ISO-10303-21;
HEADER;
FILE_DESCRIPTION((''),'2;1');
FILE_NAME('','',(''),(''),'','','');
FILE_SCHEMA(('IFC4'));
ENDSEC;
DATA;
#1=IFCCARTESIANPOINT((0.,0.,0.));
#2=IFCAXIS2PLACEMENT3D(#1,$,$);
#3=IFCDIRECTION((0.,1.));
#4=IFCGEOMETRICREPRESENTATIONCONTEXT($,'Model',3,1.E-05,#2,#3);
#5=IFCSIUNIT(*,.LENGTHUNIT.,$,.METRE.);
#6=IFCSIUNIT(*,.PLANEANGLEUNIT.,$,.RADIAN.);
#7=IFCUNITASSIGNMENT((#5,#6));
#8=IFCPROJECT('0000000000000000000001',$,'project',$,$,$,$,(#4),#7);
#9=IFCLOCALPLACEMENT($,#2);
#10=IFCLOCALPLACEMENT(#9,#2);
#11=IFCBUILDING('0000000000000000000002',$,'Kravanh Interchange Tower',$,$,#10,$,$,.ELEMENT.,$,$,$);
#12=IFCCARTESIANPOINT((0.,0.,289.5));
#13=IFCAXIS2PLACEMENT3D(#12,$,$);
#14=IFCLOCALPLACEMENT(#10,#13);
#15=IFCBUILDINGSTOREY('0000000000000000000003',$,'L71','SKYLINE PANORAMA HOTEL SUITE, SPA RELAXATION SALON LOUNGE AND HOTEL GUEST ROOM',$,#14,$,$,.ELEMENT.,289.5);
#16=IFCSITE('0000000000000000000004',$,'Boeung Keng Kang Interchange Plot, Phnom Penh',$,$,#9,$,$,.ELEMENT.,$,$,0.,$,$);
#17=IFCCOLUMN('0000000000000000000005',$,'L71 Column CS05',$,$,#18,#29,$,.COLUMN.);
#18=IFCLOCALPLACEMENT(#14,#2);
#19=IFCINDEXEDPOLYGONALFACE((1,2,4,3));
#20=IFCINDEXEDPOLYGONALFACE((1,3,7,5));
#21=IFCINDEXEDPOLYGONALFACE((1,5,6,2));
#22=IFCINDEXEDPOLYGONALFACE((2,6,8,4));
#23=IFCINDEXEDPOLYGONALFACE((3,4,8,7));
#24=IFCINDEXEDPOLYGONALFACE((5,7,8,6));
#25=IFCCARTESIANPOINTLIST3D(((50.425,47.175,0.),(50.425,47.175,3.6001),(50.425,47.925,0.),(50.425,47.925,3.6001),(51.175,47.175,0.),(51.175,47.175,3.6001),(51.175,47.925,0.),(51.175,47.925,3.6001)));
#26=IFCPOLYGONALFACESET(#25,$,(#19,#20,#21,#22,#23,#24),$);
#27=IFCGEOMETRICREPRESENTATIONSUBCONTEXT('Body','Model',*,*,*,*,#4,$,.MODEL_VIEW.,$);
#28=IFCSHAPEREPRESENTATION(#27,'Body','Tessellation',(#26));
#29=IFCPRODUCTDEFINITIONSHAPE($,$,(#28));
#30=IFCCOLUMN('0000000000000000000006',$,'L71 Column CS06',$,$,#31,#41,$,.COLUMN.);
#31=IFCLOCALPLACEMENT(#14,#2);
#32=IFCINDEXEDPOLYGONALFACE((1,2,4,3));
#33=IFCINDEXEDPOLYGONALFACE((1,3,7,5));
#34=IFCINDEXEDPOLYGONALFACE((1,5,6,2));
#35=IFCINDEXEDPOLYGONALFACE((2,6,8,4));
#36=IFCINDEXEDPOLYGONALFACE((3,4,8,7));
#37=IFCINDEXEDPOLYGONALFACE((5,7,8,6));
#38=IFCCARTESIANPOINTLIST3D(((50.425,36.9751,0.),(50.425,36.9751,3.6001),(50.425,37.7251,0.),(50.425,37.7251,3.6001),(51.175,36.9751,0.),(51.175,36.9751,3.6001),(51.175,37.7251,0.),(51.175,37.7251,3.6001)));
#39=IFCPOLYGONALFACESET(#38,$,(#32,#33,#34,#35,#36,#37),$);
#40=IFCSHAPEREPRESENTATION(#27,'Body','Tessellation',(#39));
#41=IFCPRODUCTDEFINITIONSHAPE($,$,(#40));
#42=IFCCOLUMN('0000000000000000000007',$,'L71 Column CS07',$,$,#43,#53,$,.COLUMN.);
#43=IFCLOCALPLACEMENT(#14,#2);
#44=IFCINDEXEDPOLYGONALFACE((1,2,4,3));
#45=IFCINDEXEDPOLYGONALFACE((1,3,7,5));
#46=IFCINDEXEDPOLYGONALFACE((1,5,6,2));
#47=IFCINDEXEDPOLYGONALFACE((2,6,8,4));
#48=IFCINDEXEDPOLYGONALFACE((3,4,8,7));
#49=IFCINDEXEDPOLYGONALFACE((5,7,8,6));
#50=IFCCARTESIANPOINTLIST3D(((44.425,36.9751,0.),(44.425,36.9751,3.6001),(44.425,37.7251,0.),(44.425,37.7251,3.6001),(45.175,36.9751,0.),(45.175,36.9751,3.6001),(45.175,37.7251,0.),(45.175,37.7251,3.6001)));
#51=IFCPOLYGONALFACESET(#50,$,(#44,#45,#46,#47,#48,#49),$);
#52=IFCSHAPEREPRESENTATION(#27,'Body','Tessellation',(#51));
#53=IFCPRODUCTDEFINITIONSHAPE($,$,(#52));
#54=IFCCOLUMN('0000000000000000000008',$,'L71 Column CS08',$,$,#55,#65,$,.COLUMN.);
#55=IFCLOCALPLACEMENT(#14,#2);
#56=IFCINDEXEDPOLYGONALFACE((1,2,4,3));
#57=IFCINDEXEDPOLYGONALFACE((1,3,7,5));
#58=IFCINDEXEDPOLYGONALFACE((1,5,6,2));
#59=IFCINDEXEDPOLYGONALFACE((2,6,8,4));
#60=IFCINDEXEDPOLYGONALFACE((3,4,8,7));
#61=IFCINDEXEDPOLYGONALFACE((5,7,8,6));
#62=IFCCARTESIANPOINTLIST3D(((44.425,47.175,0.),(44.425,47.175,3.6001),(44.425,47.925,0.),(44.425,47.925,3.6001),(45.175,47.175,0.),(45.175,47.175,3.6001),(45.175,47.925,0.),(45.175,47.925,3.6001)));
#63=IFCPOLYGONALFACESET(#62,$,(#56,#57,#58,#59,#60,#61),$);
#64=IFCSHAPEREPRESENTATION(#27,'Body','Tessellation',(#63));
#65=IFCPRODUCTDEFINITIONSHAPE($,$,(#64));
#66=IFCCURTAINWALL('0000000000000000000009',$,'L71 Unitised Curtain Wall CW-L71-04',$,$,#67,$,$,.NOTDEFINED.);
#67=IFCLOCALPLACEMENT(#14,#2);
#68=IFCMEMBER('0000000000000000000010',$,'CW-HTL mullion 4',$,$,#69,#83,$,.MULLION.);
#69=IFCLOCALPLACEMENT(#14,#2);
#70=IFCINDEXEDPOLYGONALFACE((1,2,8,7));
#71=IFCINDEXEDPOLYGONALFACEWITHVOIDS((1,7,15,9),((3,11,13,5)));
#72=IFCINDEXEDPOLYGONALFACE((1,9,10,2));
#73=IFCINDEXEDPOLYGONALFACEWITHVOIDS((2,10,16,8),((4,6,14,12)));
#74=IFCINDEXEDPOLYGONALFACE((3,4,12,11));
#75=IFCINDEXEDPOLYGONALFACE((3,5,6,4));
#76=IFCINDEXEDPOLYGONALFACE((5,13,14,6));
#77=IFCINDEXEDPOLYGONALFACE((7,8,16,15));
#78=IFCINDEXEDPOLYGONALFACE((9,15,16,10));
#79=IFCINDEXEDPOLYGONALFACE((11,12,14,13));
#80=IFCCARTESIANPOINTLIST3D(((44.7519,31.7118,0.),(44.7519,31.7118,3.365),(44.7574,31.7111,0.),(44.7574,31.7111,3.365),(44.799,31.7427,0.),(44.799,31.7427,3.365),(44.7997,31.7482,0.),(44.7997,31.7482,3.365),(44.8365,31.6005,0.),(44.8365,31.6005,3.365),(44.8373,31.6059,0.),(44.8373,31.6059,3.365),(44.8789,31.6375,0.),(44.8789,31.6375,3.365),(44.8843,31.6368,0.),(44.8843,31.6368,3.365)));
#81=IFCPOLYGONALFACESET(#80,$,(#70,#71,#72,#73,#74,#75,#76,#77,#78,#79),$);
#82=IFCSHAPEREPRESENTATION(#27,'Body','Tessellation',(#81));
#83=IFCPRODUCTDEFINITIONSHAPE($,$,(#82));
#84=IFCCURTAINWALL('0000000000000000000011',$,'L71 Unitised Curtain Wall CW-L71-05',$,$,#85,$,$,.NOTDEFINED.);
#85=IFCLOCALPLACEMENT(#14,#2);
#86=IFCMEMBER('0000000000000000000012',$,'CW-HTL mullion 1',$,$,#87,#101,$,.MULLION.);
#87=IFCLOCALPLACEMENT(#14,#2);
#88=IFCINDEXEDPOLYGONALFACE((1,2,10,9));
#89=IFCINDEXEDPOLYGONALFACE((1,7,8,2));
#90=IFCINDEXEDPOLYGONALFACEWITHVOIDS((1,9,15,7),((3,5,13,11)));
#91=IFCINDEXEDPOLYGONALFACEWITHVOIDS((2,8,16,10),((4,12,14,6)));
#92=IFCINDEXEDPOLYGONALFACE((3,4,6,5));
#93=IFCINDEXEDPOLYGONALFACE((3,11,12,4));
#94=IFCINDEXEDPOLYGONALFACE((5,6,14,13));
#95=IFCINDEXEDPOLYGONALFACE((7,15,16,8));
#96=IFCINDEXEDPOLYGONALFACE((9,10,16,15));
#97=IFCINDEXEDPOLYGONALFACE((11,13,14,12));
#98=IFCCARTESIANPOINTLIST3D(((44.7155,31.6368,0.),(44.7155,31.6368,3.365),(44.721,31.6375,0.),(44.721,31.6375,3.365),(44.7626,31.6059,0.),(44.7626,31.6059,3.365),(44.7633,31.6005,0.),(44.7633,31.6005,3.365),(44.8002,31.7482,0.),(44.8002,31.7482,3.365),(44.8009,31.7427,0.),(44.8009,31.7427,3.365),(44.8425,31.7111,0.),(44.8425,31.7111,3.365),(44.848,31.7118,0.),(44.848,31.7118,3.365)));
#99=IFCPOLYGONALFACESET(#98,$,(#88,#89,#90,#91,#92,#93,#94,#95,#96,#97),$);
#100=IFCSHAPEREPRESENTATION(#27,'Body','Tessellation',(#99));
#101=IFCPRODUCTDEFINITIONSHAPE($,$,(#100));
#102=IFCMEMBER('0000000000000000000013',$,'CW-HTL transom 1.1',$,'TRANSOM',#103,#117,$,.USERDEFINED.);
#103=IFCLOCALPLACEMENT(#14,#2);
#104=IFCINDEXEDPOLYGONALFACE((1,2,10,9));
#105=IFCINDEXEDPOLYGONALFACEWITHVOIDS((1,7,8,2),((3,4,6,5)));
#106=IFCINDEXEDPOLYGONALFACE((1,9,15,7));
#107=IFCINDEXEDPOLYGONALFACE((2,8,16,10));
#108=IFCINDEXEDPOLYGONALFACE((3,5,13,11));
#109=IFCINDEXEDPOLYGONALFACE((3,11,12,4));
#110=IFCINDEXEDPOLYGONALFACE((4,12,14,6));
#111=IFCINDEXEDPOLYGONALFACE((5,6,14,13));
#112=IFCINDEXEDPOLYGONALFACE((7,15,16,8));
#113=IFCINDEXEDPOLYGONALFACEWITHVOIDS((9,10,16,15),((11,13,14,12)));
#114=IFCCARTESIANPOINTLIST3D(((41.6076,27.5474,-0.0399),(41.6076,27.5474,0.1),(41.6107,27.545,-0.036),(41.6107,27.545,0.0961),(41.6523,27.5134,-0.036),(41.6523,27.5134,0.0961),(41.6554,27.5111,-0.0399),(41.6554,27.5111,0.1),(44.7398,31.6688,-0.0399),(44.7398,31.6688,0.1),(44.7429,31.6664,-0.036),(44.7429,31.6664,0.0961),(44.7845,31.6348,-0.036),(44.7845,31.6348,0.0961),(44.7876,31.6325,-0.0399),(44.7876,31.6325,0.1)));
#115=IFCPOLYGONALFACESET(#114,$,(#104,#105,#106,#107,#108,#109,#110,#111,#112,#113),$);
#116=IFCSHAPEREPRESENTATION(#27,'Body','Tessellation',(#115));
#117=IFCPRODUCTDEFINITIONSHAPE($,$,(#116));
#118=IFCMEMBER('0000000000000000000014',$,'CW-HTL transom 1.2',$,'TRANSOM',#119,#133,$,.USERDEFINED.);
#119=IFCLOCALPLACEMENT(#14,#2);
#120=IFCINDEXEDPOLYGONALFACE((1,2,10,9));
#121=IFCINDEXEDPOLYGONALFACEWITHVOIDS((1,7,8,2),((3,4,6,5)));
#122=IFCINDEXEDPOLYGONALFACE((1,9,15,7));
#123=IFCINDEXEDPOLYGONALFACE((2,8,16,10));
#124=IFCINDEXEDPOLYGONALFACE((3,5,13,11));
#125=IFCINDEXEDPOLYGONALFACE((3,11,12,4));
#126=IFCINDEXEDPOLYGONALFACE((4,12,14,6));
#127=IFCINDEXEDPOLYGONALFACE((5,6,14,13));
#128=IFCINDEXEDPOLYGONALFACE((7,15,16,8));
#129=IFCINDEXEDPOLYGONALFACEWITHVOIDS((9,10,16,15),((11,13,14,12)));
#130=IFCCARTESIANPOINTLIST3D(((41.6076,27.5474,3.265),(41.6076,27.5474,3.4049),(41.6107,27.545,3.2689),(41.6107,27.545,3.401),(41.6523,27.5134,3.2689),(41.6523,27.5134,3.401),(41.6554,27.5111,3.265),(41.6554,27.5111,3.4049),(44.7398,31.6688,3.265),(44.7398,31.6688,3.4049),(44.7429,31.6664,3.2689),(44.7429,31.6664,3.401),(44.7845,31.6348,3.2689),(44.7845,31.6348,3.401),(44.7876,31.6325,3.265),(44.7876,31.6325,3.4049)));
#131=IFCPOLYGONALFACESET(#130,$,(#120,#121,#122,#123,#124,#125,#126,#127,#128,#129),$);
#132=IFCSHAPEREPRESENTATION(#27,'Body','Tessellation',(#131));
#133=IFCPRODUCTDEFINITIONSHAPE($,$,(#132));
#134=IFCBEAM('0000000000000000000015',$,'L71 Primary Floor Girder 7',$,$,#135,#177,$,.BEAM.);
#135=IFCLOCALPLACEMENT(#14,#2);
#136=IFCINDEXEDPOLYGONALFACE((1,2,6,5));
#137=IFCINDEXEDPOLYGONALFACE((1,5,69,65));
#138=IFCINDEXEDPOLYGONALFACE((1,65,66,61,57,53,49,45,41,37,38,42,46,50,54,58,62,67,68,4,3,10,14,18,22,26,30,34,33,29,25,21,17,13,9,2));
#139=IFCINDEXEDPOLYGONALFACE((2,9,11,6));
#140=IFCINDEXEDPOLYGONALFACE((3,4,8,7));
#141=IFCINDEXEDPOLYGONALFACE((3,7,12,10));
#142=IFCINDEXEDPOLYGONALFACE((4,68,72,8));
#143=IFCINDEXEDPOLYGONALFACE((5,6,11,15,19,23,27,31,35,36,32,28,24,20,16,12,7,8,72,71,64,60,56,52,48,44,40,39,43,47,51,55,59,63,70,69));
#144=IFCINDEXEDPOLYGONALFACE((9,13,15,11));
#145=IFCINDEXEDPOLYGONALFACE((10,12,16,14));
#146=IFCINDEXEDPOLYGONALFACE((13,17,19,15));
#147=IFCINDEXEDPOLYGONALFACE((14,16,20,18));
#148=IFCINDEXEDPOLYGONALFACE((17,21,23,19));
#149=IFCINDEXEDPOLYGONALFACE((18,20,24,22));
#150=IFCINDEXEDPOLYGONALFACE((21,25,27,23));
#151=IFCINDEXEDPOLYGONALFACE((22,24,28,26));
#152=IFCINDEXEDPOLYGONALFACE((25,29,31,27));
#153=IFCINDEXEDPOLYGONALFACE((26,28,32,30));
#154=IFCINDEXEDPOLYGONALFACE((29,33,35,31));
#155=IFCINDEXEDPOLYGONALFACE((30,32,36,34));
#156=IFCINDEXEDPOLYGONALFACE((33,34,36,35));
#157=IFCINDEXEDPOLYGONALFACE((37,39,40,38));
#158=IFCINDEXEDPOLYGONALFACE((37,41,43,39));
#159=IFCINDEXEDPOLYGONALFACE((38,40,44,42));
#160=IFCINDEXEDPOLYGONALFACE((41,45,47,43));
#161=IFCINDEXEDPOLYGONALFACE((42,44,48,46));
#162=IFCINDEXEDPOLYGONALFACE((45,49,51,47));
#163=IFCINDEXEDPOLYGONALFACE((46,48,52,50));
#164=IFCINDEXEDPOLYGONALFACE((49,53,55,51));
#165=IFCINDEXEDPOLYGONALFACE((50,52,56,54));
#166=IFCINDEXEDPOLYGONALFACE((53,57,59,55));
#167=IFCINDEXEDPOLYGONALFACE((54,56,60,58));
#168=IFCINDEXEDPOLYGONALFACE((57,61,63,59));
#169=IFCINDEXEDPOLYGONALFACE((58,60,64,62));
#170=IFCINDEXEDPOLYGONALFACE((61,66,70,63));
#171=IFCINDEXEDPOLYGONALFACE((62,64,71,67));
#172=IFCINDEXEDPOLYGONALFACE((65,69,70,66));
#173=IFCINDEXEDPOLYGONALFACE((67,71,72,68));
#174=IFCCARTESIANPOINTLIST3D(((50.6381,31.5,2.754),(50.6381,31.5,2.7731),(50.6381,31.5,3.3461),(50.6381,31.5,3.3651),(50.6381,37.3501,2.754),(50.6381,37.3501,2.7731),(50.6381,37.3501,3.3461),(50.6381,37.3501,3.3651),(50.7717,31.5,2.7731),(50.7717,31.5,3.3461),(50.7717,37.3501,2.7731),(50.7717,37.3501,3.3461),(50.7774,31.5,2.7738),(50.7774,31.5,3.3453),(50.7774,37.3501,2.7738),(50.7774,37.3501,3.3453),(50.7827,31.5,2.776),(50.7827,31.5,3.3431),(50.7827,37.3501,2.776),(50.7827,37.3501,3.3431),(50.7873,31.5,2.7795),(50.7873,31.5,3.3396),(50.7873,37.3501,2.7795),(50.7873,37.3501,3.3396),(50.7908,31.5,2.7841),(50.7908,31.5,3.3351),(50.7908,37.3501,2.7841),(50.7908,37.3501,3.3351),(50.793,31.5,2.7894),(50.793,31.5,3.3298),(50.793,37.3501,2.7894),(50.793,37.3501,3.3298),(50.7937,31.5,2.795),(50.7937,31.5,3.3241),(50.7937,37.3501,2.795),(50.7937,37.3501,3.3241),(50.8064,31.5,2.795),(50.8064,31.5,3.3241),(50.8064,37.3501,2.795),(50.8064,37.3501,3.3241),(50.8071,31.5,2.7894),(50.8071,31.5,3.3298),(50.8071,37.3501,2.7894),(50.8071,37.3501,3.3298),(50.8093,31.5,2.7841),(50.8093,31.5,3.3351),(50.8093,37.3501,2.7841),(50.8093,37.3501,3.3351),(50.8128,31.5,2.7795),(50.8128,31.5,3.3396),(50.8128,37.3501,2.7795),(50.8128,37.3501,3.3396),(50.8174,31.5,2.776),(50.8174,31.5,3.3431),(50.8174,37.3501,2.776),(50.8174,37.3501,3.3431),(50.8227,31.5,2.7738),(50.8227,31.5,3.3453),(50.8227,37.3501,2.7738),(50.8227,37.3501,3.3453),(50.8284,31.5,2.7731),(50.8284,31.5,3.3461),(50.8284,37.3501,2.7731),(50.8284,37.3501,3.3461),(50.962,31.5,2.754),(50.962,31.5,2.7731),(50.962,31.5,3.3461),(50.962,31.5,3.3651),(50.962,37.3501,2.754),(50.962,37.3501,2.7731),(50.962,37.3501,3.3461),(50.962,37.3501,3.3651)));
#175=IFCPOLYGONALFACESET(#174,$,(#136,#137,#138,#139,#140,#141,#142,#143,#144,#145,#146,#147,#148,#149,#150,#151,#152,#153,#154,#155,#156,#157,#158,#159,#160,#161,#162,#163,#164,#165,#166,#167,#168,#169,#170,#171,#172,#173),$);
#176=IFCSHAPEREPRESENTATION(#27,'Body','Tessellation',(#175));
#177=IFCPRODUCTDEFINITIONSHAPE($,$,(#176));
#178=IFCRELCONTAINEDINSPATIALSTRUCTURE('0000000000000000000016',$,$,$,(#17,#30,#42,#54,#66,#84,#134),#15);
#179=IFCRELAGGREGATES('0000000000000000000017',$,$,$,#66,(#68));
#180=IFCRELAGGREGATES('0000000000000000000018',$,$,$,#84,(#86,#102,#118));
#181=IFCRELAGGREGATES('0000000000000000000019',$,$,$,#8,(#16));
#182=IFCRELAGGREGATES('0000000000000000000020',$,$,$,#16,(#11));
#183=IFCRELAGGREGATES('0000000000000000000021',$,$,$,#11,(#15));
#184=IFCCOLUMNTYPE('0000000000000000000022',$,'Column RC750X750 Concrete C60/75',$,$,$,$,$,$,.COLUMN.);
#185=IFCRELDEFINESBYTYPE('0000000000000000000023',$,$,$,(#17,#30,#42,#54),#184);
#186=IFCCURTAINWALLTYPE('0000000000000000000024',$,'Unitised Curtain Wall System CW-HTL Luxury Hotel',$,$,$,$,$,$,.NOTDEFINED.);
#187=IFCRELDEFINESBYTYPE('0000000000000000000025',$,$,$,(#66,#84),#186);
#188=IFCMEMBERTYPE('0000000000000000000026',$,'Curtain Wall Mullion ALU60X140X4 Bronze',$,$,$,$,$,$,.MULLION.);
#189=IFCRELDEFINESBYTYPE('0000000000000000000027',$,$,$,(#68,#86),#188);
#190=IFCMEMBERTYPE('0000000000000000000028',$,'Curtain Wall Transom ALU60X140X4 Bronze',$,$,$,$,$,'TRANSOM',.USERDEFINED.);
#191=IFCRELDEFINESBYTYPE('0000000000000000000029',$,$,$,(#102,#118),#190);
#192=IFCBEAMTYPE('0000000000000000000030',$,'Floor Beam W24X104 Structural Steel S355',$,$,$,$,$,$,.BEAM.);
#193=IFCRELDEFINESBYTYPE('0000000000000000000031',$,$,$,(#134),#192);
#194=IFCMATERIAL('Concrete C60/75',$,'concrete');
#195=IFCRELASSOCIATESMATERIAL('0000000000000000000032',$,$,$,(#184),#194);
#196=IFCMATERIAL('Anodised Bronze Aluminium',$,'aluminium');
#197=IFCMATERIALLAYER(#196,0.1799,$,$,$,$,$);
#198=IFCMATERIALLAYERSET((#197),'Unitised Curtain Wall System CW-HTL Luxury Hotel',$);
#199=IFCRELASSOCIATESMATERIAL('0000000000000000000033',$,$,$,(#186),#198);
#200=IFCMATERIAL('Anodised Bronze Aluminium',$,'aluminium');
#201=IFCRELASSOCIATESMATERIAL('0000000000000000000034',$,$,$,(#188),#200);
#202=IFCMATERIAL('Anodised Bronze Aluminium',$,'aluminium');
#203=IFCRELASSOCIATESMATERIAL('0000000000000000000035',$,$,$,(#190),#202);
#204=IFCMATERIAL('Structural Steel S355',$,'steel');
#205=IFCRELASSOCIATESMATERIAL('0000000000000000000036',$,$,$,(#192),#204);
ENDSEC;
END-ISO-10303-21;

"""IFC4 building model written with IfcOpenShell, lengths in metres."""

from ifc_helpers import new_model, si_unit, direction, frame, origin, origin_2d, place, context, subcontext, project, spatial, rectangle, hollow_rectangle, i_section, extrude, material, layer, layer_set, material_profile, profile_set, type_object, element, aggregate, save


model = new_model("IFC4")

# Units and contexts
model_context = context("Model", 3, precision=1e-05, world=origin(), true_north=direction((0.0, 1.0)))
body_context = subcontext(model_context, "Body", "Model", "MODEL_VIEW")
ifc_project = project(units=[si_unit("LENGTHUNIT", "METRE"), si_unit("PLANEANGLEUNIT", "RADIAN")], contexts=[model_context])

# Site, building, storey
site_placement = place(None, origin())
site = spatial("IfcSite", under=ifc_project, at=site_placement, Name="Boeung Keng Kang Interchange Plot, Phnom Penh", CompositionType="ELEMENT", RefElevation=0.0)
building_placement = place(site_placement, origin())
building = spatial("IfcBuilding", under=site, at=building_placement, Name="Kravanh Interchange Tower", CompositionType="ELEMENT")
storey_placement = place(building_placement, frame((0.0, 0.0, 289.5)))
storey = spatial("IfcBuildingStorey", under=building, at=storey_placement, Name="L71", Description="SKYLINE PANORAMA HOTEL SUITE, SPA RELAXATION SALON LOUNGE AND HOTEL GUEST ROOM", CompositionType="ELEMENT", Elevation=289.5)

# Columns
ifc_material_1 = material(Name="Concrete C60/75", Category="concrete")
ifc_material_profile_1 = material_profile(ifc_material_1, rectangle(XDim=0.75, YDim=0.75, at=origin_2d()), Name="RC750X750")
ifc_profile_set_1 = profile_set([ifc_material_profile_1], Name="Concrete C60/75")
column_type = type_object("IfcColumnType", Name="Column RC750X750 Concrete C60/75", PredefinedType="COLUMN", material=ifc_profile_set_1)
for number, where, z_axis, x_axis, name in (
    (1, (50.8, 47.55, 0.0), (0.0, 0.0, 1.0), (1.0, 0.0, 0.0), "L71 Column CS05"),
    (2, (50.8, 37.3501, 0.0), (0.0, 0.0, 1.0), (1.0, 0.0, 0.0), "L71 Column CS06"),
    (3, (44.8, 37.3501, 0.0), (0.0, 0.0, 1.0), (1.0, 0.0, 0.0), "L71 Column CS07"),
    (4, (44.8, 47.55, 0.0), (0.0, 0.0, 1.0), (1.0, 0.0, 0.0), "L71 Column CS08"),
):
    element("IfcColumn", number, at=place(storey_placement, frame(where, z_axis=z_axis, x_axis=x_axis)), inside=storey, type_object=column_type, Name=name, PredefinedType="COLUMN", context=body_context, shape_type="SweptSolid", body=[
        extrude(rectangle(XDim=0.75, YDim=0.75, at=origin_2d()), origin(), (0.0, 0.0, 1.0), 3.6001),
    ])

# Curtain wall, member
ifc_material_2 = material(Name="Anodised Bronze Aluminium", Category="aluminium")
ifc_layer_1 = layer(ifc_material_2, 0.1799)
ifc_layer_set_1 = layer_set([ifc_layer_1], Name="Unitised Curtain Wall System CW-HTL Luxury Hotel")
curtain_wall_type = type_object("IfcCurtainWallType", Name="Unitised Curtain Wall System CW-HTL Luxury Hotel", PredefinedType="NOTDEFINED", material=ifc_layer_set_1)
curtain_wall_1_placement = place(storey_placement, origin())
curtain_wall_1 = element("IfcCurtainWall", 5, at=curtain_wall_1_placement, inside=storey, type_object=curtain_wall_type, Name="L71 Unitised Curtain Wall CW-L71-04", PredefinedType="NOTDEFINED")
ifc_material_3 = material(Name="Anodised Bronze Aluminium", Category="aluminium")
ifc_material_profile_2 = material_profile(ifc_material_3, hollow_rectangle(XDim=0.0601, YDim=0.1399, WallThickness=0.0039, at=origin_2d()), Name="ALU60X140X4")
ifc_profile_set_2 = profile_set([ifc_material_profile_2], Name="Anodised Bronze Aluminium")
member_type_1 = type_object("IfcMemberType", Name="Curtain Wall Mullion ALU60X140X4 Bronze", PredefinedType="MULLION", material=ifc_profile_set_2)
member_1_placement = place(storey_placement, frame((44.8181, 31.6743, 0.0), z_axis=(0.0, 0.0, 1.0), x_axis=(-0.796162, -0.605083, 0.0)))
member_1 = element("IfcMember", 6, at=member_1_placement, type_object=member_type_1, Name="CW-HTL mullion 4", PredefinedType="MULLION", context=body_context, shape_type="SweptSolid", body=[
    extrude(hollow_rectangle(XDim=0.0601, YDim=0.1399, WallThickness=0.0039, at=origin_2d()), origin(), (0.0, 0.0, 1.0), 3.365),
])
aggregate(curtain_wall_1, [member_1])

# Curtain wall, members
curtain_wall_2_placement = place(storey_placement, origin())
curtain_wall_2 = element("IfcCurtainWall", 7, at=curtain_wall_2_placement, inside=storey, type_object=curtain_wall_type, Name="L71 Unitised Curtain Wall CW-L71-05", PredefinedType="NOTDEFINED")
member_2_placement = place(storey_placement, frame((44.7817, 31.6743, 0.0), z_axis=(0.0, 0.0, 1.0), x_axis=(0.796162, -0.605083, 0.0)))
member_2 = element("IfcMember", 8, at=member_2_placement, type_object=member_type_1, Name="CW-HTL mullion 1", PredefinedType="MULLION", context=body_context, shape_type="SweptSolid", body=[
    extrude(hollow_rectangle(XDim=0.0601, YDim=0.1399, WallThickness=0.0039, at=origin_2d()), origin(), (0.0, 0.0, 1.0), 3.365),
])
ifc_material_4 = material(Name="Anodised Bronze Aluminium", Category="aluminium")
ifc_material_profile_3 = material_profile(ifc_material_4, hollow_rectangle(XDim=0.0601, YDim=0.1399, WallThickness=0.0039, at=origin_2d()), Name="ALU60X140X4")
ifc_profile_set_3 = profile_set([ifc_material_profile_3], Name="Anodised Bronze Aluminium")
member_type_2 = type_object("IfcMemberType", Name="Curtain Wall Transom ALU60X140X4 Bronze", ElementType="TRANSOM", PredefinedType="USERDEFINED", material=ifc_profile_set_3)
member_3_placement = place(storey_placement, frame((44.7637, 31.6506, 0.03), z_axis=(-0.605067, -0.796175, 0.0), x_axis=(0.796175, -0.605067, 0.0)))
member_3 = element("IfcMember", 9, at=member_3_placement, type_object=member_type_2, Name="CW-HTL transom 1.1", ObjectType="TRANSOM", PredefinedType="USERDEFINED", context=body_context, shape_type="SweptSolid", body=[
    extrude(hollow_rectangle(XDim=0.0601, YDim=0.1399, WallThickness=0.0039, at=origin_2d()), origin(), (0.0, 0.0, 1.0), 5.1765),
])
member_4_placement = place(storey_placement, frame((44.7637, 31.6506, 3.335), z_axis=(-0.605067, -0.796175, 0.0), x_axis=(0.796175, -0.605067, 0.0)))
member_4 = element("IfcMember", 10, at=member_4_placement, type_object=member_type_2, Name="CW-HTL transom 1.2", ObjectType="TRANSOM", PredefinedType="USERDEFINED", context=body_context, shape_type="SweptSolid", body=[
    extrude(hollow_rectangle(XDim=0.0601, YDim=0.1399, WallThickness=0.0039, at=origin_2d()), origin(), (0.0, 0.0, 1.0), 5.1765),
])
aggregate(curtain_wall_2, [member_2, member_3, member_4])

# Beam
ifc_material_5 = material(Name="Structural Steel S355", Category="steel")
ifc_material_profile_4 = material_profile(ifc_material_5, i_section(OverallWidth=0.324, OverallDepth=0.6111, WebThickness=0.0127, FlangeThickness=0.019, FilletRadius=0.022, at=origin_2d()), Name="W24X104")
ifc_profile_set_4 = profile_set([ifc_material_profile_4], Name="Structural Steel S355")
beam_type_1 = type_object("IfcBeamType", Name="Floor Beam W24X104 Structural Steel S355", PredefinedType="BEAM", material=ifc_profile_set_4)
beam_1_placement = place(storey_placement, frame((50.8, 31.5, 3.0596), z_axis=(0.0, 1.0, 0.0), x_axis=(-1.0, 0.0, 0.0)))
element("IfcBeam", 11, at=beam_1_placement, inside=storey, type_object=beam_type_1, Name="L71 Primary Floor Girder 7", PredefinedType="BEAM", context=body_context, shape_type="SweptSolid", body=[
    extrude(i_section(OverallWidth=0.324, OverallDepth=0.6111, WebThickness=0.0127, FlangeThickness=0.019, FilletRadius=0.022, at=origin_2d()), origin(), (0.0, 0.0, 1.0), 5.8501),
])

save(model, "model.ifc")
